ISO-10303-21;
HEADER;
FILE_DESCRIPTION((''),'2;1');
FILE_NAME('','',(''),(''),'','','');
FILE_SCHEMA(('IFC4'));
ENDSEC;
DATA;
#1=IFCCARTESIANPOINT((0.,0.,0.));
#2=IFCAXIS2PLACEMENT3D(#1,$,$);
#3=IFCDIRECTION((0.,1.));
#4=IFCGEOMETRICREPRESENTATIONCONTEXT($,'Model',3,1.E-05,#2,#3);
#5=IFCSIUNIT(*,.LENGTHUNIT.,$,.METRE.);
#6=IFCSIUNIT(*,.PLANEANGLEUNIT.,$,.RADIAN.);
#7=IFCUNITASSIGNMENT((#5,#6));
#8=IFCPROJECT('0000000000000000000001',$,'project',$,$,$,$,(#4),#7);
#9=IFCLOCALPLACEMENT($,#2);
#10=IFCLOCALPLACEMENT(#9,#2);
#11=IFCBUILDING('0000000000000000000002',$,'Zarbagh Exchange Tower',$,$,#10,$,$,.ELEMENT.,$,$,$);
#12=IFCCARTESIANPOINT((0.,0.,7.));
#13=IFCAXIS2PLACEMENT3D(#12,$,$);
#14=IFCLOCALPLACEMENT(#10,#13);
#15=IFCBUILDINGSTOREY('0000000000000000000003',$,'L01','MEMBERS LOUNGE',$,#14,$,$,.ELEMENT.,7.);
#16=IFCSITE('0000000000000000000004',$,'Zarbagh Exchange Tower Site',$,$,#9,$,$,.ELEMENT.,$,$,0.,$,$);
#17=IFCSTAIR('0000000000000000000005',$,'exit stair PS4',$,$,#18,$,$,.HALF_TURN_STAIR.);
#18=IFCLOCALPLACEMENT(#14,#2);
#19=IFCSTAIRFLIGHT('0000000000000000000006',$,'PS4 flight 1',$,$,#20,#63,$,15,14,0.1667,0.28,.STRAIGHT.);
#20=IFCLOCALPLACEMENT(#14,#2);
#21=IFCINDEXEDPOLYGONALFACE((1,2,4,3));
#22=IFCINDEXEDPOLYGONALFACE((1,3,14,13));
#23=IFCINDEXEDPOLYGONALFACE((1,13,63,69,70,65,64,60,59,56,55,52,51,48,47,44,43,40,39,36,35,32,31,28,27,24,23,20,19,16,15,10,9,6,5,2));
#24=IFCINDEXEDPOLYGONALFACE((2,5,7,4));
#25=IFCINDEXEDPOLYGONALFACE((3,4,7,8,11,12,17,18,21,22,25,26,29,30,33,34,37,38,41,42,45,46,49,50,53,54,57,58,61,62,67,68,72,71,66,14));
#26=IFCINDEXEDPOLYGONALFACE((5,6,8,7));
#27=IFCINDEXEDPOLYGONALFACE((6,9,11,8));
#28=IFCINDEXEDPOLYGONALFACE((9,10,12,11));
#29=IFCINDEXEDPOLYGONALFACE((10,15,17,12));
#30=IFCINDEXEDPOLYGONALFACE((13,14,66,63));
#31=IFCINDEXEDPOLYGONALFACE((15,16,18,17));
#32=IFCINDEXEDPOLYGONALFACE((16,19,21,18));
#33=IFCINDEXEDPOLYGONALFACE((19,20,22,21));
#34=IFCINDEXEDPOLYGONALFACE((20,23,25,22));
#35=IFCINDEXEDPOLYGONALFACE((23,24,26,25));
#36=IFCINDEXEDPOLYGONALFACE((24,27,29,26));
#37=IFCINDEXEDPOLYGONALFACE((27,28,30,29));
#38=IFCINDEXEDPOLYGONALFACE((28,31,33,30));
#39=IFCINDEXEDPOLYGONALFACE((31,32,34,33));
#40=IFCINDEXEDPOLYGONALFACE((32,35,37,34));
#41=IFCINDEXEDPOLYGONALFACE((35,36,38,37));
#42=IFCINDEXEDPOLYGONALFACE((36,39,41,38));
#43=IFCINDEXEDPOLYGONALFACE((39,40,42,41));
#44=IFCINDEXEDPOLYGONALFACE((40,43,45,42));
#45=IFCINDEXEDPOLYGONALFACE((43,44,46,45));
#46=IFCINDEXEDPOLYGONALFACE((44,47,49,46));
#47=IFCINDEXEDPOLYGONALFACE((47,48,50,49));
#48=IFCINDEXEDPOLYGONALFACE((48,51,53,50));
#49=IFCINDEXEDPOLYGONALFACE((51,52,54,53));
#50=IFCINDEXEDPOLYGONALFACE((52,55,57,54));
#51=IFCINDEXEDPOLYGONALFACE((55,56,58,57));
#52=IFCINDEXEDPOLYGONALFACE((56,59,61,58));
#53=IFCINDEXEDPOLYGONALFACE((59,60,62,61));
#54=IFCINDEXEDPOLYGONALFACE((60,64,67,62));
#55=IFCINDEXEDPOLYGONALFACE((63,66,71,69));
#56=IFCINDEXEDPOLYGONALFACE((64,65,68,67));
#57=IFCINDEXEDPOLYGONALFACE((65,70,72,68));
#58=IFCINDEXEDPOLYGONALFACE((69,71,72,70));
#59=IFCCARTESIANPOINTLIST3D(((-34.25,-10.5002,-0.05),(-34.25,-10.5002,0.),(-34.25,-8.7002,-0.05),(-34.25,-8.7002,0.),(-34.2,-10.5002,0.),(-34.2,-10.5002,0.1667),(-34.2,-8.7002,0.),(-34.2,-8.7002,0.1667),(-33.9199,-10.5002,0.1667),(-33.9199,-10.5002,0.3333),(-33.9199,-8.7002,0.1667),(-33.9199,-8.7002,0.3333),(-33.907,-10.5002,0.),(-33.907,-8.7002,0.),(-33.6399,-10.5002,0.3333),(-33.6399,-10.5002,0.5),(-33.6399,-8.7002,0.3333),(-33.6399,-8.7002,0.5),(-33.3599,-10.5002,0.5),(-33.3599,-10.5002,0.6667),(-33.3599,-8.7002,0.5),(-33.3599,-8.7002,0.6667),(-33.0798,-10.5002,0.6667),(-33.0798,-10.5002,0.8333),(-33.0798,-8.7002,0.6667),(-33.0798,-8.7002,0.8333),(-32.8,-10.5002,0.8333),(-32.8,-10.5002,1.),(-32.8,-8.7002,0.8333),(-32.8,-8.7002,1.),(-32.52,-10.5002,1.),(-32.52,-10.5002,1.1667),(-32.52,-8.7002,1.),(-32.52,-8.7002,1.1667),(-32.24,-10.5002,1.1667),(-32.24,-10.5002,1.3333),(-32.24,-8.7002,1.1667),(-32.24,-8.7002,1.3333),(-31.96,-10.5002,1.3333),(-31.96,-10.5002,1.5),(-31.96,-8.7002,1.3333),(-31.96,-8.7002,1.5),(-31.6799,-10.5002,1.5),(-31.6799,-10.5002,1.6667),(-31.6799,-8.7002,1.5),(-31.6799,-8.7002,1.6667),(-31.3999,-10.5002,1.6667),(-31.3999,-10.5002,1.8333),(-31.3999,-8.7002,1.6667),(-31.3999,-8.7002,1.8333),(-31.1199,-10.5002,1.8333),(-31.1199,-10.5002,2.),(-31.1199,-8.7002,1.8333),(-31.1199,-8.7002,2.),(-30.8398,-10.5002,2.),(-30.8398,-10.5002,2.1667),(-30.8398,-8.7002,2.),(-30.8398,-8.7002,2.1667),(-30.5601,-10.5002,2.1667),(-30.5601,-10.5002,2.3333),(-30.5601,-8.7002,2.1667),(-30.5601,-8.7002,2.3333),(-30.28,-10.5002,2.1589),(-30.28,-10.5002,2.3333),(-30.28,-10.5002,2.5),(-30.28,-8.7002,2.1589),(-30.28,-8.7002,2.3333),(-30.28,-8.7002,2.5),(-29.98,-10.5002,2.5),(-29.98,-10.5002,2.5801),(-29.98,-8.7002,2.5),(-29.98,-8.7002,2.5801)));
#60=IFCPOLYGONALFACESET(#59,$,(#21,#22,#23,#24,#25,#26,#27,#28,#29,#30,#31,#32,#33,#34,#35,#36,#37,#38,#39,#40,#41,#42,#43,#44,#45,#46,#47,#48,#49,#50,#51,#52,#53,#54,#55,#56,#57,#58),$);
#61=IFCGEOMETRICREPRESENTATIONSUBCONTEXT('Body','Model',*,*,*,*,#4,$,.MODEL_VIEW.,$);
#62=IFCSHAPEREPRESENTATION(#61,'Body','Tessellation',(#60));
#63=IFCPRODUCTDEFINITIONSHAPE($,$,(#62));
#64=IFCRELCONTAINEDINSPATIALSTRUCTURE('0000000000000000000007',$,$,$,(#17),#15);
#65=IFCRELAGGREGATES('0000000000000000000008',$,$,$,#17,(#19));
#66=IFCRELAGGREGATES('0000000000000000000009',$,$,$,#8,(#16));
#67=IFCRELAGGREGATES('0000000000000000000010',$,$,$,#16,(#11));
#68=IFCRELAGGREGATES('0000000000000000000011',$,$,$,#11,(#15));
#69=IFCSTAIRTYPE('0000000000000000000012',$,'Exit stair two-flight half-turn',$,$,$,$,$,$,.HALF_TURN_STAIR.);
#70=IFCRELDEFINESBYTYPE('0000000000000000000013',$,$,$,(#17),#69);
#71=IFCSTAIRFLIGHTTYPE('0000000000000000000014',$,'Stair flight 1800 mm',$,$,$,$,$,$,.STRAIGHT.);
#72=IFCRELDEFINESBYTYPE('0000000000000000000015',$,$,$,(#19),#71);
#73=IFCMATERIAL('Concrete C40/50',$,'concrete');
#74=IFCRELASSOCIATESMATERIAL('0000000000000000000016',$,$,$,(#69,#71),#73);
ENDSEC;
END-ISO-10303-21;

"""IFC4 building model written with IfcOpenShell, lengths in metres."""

from ifc_helpers import new_model, si_unit, direction, frame, origin, place, context, subcontext, project, spatial, polyline, outline, extrude, material, type_object, element, aggregate, save


model = new_model("IFC4")

# Units and contexts
model_context = context("Model", 3, precision=1e-05, world=origin(), true_north=direction((0.0, 1.0)))
body_context = subcontext(model_context, "Body", "Model", "MODEL_VIEW")
ifc_project = project(units=[si_unit("LENGTHUNIT", "METRE"), si_unit("PLANEANGLEUNIT", "RADIAN")], contexts=[model_context])

# Site, building, storey
site_placement = place(None, origin())
site = spatial("IfcSite", under=ifc_project, at=site_placement, Name="Zarbagh Exchange Tower Site", CompositionType="ELEMENT", RefElevation=0.0)
building_placement = place(site_placement, origin())
building = spatial("IfcBuilding", under=site, at=building_placement, Name="Zarbagh Exchange Tower", CompositionType="ELEMENT")
storey_placement = place(building_placement, frame((0.0, 0.0, 7.0)))
storey = spatial("IfcBuildingStorey", under=building, at=storey_placement, Name="L01", Description="MEMBERS LOUNGE", CompositionType="ELEMENT", Elevation=7.0)

# Shared definitions
ifc_material_1 = material(Name="Concrete C40/50", Category="concrete")

# Stair, stair flight
stair_type = type_object("IfcStairType", Name="Exit stair two-flight half-turn", PredefinedType="HALF_TURN_STAIR", material=ifc_material_1)
stair_placement = place(storey_placement, origin())
stair = element("IfcStair", 1, at=stair_placement, inside=storey, type_object=stair_type, Name="exit stair PS4", PredefinedType="HALF_TURN_STAIR")
stair_flight_type = type_object("IfcStairFlightType", Name="Stair flight 1800 mm", PredefinedType="STRAIGHT", material=ifc_material_1)
stair_flight_placement = place(storey_placement, frame((-34.2, -9.6001, 0.0), z_axis=(0.0, 0.0, 1.0), x_axis=(1.0, 0.0, 0.0)))
stair_flight = element("IfcStairFlight", 2, at=stair_flight_placement, type_object=stair_flight_type, Name="PS4 flight 1", NumberOfRisers=15, NumberOfTreads=14, PredefinedType="STRAIGHT", RiserHeight=0.1667, TreadLength=0.28, context=body_context, shape_type="SweptSolid", body=[
    extrude(outline(polyline([(-0.05, -0.05), (-0.05, 0.0), (0.0, 0.0), (0.0, 0.1667), (0.28, 0.1667), (0.28, 0.3333), (0.5601, 0.3333), (0.5601, 0.5), (0.8401, 0.5), (0.8401, 0.6667), (1.1201, 0.6667), (1.1201, 0.8333), (1.3999, 0.8333), (1.3999, 1.0), (1.6799, 1.0), (1.6799, 1.1667), (1.96, 1.1667), (1.96, 1.3333), (2.24, 1.3333), (2.24, 1.5), (2.52, 1.5), (2.52, 1.6667), (2.8, 1.6667), (2.8, 1.8333), (3.0801, 1.8333), (3.0801, 2.0), (3.3601, 2.0), (3.3601, 2.1667), (3.6399, 2.1667), (3.6399, 2.3333), (3.9199, 2.3333), (3.9199, 2.5), (4.22, 2.5801), (4.22, 2.5), (3.9199, 2.1589), (0.293, 0.0), (-0.05, -0.05)])), frame((0.0, 0.8999, 0.0), z_axis=(0.0, -1.0, 0.0), x_axis=(1.0, 0.0, 0.0)), (0.0, 0.0, 1.0), 1.8),
])
aggregate(stair, [stair_flight])

save(model, "model.ifc")
